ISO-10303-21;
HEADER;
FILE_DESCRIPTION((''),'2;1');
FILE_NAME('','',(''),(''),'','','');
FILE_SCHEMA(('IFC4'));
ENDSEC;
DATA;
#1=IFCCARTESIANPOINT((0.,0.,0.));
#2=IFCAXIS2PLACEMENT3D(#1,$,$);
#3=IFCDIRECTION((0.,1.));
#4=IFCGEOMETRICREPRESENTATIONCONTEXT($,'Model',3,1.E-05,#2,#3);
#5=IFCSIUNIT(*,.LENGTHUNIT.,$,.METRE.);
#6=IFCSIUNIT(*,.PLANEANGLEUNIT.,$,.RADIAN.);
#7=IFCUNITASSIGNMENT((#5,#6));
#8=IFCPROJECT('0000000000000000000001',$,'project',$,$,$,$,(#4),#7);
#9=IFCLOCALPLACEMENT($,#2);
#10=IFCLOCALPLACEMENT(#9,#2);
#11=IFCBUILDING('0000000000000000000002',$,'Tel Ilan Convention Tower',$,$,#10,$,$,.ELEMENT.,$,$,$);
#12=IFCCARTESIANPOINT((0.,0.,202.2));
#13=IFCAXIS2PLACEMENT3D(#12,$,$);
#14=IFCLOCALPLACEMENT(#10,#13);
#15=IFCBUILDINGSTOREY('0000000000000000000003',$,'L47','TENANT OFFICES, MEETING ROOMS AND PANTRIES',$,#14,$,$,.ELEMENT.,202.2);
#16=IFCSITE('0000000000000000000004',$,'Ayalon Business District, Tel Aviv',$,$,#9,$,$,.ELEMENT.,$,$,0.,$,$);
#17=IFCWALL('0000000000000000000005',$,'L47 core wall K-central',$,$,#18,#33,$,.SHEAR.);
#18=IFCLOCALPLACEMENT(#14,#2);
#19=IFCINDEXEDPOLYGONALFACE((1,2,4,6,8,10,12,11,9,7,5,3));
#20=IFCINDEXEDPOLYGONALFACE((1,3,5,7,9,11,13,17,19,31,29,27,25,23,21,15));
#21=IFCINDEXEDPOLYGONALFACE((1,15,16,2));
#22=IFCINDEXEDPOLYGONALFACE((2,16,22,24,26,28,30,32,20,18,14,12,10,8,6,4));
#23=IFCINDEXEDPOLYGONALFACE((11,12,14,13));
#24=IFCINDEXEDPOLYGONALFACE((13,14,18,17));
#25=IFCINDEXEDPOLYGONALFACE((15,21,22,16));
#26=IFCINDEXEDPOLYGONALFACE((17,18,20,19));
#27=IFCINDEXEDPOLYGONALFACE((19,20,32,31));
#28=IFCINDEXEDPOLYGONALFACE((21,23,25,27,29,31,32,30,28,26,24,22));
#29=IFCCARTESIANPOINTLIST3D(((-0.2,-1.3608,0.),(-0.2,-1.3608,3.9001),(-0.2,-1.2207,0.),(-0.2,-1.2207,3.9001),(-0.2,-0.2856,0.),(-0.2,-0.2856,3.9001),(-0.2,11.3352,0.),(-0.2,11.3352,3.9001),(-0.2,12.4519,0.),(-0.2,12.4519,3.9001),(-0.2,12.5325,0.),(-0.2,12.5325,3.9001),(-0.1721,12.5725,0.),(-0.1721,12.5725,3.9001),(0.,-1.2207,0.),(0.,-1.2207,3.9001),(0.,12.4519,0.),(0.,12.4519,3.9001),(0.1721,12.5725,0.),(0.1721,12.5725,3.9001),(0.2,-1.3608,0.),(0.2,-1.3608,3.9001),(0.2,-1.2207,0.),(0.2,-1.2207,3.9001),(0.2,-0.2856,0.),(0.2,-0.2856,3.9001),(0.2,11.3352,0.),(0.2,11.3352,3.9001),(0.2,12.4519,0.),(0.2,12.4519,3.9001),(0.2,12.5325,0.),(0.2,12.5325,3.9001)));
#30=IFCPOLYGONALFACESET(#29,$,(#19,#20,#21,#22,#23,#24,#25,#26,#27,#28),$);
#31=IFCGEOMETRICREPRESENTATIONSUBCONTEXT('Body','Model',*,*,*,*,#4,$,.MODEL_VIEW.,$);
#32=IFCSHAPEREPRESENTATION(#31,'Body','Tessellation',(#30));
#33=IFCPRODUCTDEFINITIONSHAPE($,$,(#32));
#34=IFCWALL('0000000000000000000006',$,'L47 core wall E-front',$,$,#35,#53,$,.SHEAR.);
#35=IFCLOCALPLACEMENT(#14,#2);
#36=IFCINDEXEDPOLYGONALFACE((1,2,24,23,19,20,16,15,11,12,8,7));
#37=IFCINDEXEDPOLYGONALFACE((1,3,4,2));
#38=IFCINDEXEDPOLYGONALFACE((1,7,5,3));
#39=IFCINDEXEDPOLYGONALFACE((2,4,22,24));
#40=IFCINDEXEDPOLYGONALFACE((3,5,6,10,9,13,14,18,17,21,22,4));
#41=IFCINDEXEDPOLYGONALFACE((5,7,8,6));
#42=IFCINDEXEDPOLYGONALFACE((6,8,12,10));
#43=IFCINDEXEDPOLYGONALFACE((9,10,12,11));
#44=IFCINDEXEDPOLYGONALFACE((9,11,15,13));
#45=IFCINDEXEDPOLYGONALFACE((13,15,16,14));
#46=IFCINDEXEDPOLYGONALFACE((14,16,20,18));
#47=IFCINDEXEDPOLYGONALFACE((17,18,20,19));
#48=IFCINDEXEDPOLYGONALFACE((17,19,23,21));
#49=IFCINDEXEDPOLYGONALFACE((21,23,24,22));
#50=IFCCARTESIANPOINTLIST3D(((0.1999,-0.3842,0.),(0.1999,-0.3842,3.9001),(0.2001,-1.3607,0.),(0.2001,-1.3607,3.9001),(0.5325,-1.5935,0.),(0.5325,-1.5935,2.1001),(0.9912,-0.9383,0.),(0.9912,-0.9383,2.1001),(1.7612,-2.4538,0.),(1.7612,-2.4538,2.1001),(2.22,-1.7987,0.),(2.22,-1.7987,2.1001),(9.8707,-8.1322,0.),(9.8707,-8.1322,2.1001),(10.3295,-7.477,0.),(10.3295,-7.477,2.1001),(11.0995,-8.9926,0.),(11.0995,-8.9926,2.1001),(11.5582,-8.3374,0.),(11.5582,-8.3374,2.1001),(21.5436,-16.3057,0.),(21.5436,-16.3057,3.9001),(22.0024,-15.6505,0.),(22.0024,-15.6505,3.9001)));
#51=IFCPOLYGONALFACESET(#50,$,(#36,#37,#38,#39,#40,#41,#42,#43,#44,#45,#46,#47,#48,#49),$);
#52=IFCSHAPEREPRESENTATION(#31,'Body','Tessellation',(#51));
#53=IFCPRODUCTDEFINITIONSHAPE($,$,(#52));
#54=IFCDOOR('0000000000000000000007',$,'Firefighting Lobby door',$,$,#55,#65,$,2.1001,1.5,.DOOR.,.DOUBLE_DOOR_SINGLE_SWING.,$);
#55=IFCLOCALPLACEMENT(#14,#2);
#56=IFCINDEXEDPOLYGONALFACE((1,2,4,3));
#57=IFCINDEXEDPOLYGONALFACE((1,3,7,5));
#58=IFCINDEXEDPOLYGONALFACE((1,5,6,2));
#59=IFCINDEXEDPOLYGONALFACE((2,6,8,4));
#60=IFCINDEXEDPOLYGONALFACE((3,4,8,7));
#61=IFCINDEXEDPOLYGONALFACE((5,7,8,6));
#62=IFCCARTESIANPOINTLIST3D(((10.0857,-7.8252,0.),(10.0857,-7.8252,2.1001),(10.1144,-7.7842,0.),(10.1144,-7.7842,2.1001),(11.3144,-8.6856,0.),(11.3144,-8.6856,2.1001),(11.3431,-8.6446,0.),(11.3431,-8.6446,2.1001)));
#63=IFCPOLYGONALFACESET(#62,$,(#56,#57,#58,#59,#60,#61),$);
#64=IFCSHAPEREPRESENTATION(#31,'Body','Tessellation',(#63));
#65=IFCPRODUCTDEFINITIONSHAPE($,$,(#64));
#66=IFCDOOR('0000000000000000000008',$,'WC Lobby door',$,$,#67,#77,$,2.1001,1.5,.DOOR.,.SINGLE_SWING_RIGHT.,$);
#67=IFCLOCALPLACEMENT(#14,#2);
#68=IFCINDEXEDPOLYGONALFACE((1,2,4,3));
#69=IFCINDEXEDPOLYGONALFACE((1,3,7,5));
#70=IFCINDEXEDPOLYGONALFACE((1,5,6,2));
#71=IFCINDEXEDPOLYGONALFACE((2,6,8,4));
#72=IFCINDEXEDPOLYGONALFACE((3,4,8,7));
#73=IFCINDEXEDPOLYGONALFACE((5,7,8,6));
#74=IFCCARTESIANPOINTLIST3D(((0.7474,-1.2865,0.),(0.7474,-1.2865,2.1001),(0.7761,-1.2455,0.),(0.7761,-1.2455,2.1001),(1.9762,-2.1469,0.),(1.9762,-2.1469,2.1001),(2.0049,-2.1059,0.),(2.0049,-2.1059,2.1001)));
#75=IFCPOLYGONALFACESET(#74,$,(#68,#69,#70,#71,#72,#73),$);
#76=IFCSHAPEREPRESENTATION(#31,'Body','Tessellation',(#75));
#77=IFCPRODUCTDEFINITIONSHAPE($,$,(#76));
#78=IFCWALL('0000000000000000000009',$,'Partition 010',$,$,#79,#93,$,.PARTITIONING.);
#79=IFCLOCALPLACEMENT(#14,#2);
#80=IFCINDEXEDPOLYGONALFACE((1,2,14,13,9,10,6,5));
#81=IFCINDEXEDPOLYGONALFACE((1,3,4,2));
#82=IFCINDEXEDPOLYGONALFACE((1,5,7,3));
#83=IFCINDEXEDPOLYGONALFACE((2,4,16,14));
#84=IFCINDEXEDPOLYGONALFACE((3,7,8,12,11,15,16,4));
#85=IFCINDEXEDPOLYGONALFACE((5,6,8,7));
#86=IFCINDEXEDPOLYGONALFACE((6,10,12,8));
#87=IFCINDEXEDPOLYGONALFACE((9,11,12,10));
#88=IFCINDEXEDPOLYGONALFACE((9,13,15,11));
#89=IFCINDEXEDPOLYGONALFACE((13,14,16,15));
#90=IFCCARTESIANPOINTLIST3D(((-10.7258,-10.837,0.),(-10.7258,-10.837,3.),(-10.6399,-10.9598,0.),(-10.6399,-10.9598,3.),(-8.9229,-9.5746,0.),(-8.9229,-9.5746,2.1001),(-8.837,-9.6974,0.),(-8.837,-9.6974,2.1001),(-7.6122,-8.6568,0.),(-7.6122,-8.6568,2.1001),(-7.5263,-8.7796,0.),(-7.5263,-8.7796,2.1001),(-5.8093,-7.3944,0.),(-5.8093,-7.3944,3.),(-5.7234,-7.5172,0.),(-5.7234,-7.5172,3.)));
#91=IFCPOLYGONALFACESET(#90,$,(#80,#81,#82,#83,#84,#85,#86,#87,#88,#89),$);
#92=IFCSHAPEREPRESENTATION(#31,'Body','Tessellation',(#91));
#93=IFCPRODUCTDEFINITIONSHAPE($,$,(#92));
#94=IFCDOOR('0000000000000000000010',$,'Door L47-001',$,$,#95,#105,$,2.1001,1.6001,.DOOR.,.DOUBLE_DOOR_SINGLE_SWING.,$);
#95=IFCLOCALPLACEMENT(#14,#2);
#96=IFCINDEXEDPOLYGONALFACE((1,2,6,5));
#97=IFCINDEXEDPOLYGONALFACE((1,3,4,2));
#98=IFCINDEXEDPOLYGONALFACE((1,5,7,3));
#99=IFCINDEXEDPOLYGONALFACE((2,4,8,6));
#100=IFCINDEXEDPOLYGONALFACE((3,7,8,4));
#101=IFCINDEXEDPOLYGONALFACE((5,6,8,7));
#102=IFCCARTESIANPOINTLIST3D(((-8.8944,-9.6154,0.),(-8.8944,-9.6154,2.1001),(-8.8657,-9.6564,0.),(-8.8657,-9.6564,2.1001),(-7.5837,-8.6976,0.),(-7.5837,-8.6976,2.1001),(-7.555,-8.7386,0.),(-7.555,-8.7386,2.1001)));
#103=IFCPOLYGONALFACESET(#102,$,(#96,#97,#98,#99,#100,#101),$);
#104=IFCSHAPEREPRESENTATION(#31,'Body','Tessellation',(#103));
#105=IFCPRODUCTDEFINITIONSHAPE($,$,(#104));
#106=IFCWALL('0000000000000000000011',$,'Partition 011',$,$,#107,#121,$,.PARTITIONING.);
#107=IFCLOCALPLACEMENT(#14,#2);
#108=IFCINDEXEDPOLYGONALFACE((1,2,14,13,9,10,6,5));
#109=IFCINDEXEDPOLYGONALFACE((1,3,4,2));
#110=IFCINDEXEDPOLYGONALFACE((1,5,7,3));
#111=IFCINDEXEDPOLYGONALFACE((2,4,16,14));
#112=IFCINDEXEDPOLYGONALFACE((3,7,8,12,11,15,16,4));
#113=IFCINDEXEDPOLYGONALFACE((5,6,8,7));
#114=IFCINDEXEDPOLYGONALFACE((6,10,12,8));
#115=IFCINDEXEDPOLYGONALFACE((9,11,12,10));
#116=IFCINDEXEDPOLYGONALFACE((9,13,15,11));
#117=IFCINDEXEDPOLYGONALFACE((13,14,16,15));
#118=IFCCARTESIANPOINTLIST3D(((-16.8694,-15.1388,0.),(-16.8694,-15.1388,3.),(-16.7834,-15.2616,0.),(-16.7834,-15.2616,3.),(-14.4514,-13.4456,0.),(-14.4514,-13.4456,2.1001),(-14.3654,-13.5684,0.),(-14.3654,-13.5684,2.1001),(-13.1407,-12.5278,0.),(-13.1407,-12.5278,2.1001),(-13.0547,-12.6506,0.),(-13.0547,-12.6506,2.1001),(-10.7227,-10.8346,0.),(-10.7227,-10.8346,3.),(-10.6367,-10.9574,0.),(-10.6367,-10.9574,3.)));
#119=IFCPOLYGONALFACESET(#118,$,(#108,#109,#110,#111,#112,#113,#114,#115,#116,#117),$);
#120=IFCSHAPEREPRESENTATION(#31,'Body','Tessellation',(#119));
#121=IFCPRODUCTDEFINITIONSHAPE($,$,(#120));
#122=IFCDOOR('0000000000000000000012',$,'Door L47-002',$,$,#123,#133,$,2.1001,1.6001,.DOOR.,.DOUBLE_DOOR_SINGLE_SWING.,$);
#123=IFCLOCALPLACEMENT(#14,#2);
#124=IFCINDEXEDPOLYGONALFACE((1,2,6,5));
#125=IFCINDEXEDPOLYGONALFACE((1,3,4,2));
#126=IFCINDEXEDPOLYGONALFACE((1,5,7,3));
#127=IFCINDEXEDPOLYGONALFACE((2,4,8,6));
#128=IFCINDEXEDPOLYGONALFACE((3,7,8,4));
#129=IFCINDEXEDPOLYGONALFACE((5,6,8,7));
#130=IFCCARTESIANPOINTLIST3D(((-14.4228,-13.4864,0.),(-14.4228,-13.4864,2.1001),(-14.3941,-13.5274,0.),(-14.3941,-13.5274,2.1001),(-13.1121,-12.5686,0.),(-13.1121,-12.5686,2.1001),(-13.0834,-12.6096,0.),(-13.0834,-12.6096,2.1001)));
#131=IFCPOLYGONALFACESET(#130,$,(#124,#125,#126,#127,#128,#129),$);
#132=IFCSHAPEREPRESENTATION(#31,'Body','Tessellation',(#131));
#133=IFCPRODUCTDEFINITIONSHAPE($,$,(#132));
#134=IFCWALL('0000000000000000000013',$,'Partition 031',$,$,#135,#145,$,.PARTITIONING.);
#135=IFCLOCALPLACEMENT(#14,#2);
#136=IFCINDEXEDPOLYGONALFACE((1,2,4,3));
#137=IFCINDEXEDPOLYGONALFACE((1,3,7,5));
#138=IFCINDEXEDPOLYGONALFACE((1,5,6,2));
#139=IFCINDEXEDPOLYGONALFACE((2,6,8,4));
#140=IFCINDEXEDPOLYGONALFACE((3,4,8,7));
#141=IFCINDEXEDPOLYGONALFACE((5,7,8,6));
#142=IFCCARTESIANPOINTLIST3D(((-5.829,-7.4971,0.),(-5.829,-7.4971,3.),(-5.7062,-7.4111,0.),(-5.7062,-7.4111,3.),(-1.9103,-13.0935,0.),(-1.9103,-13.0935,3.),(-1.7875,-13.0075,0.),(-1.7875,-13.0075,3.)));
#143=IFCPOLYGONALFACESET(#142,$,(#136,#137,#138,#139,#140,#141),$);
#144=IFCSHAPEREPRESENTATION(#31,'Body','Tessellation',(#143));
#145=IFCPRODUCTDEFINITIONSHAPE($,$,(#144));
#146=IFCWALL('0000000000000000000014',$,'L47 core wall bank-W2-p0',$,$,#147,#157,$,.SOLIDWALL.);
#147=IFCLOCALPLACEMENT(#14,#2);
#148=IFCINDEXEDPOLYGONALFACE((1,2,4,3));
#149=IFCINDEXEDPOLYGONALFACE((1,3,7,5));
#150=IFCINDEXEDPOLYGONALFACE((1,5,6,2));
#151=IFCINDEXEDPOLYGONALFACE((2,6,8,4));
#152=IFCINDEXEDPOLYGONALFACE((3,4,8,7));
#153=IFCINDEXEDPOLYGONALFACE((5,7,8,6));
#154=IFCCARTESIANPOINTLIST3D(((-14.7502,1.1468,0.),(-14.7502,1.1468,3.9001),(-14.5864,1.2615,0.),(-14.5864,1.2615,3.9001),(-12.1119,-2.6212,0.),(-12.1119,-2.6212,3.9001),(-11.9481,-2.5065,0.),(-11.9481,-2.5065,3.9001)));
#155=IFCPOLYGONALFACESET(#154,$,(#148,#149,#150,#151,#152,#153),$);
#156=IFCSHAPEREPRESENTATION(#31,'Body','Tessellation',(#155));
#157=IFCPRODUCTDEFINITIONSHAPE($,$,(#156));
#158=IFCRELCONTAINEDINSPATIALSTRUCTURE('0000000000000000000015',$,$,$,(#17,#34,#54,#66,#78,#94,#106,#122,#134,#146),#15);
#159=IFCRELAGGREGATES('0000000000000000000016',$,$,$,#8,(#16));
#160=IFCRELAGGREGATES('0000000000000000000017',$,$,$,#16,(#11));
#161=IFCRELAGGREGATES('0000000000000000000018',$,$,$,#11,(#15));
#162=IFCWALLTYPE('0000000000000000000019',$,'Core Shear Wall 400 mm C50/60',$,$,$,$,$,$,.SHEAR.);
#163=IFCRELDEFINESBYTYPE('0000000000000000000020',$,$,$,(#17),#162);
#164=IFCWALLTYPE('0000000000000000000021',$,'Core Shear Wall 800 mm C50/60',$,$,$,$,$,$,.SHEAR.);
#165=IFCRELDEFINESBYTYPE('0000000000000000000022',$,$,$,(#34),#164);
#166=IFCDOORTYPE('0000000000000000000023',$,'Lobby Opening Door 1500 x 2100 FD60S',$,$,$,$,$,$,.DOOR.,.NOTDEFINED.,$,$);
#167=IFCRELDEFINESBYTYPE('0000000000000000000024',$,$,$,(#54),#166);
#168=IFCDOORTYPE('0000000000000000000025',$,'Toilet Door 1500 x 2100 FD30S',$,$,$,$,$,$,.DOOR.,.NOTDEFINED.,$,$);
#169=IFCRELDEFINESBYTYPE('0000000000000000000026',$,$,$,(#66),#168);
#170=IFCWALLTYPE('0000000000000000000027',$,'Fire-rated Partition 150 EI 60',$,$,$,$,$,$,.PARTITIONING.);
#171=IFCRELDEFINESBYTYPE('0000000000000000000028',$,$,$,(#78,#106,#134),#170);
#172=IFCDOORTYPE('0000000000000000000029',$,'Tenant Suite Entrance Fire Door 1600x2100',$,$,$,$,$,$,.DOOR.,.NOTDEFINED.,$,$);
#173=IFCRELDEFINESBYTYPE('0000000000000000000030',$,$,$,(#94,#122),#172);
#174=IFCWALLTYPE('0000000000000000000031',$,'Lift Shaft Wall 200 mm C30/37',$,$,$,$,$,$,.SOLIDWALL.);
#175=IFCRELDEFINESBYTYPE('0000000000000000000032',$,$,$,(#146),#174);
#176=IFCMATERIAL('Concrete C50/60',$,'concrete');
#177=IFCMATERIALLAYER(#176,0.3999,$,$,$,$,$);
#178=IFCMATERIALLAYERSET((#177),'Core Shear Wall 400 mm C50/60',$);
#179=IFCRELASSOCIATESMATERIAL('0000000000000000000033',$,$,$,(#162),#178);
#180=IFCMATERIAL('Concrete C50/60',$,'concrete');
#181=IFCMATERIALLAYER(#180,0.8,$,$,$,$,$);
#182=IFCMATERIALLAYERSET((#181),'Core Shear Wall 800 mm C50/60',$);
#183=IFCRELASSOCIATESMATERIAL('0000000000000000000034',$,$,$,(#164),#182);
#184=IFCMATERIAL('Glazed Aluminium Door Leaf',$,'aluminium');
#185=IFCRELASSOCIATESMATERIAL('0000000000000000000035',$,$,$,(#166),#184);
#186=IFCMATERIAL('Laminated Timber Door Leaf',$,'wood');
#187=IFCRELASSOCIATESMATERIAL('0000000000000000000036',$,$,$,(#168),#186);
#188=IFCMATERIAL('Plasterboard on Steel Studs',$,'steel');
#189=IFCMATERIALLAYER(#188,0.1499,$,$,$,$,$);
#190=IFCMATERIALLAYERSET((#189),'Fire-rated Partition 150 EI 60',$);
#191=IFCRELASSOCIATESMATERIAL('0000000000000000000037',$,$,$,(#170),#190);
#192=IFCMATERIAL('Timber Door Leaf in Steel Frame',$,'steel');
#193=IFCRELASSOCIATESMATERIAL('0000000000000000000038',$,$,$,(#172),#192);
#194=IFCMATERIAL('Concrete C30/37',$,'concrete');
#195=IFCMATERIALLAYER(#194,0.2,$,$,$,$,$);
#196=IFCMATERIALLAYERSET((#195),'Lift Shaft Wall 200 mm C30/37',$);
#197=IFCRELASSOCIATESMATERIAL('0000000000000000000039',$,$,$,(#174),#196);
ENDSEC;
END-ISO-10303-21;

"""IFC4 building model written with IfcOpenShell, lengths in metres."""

from ifc_helpers import new_model, si_unit, direction, frame, frame_2d, origin, place, context, subcontext, project, spatial, polyline, rectangle, outline, extrude, material, layer, layer_set, type_object, element, fill, save


model = new_model("IFC4")

# Units and contexts
model_context = context("Model", 3, precision=1e-05, world=origin(), true_north=direction((0.0, 1.0)))
body_context = subcontext(model_context, "Body", "Model", "MODEL_VIEW")
ifc_project = project(units=[si_unit("LENGTHUNIT", "METRE"), si_unit("PLANEANGLEUNIT", "RADIAN")], contexts=[model_context])

# Site, building, storey
site_placement = place(None, origin())
site = spatial("IfcSite", under=ifc_project, at=site_placement, Name="Ayalon Business District, Tel Aviv", CompositionType="ELEMENT", RefElevation=0.0)
building_placement = place(site_placement, origin())
building = spatial("IfcBuilding", under=site, at=building_placement, Name="Tel Ilan Convention Tower", CompositionType="ELEMENT")
storey_placement = place(building_placement, frame((0.0, 0.0, 202.2)))
storey = spatial("IfcBuildingStorey", under=building, at=storey_placement, Name="L47", Description="TENANT OFFICES, MEETING ROOMS AND PANTRIES", CompositionType="ELEMENT", Elevation=202.2)

# Wall
ifc_material_1 = material(Name="Concrete C50/60", Category="concrete")
ifc_layer_1 = layer(ifc_material_1, 0.3999)
ifc_layer_set_1 = layer_set([ifc_layer_1], Name="Core Shear Wall 400 mm C50/60")
wall_type_1 = type_object("IfcWallType", Name="Core Shear Wall 400 mm C50/60", PredefinedType="SHEAR", material=ifc_layer_set_1)
wall_1_placement = place(storey_placement, frame((0.0, -1.3608, 0.0), z_axis=(0.0, 0.0, 1.0), x_axis=(0.0, 1.0, 0.0)))
element("IfcWall", 1, at=wall_1_placement, inside=storey, type_object=wall_type_1, Name="L47 core wall K-central", PredefinedType="SHEAR", context=body_context, shape_type="SweptSolid", body=[
    extrude(outline(polyline([(0.0, -0.2), (0.1401, -0.2), (1.0752, -0.2), (12.696, -0.2), (13.8127, -0.2), (13.8933, -0.2), (13.9333, -0.1721), (13.8127, 0.0), (13.9333, 0.1721), (13.8933, 0.2), (13.8127, 0.2), (12.696, 0.2), (1.0752, 0.2), (0.1401, 0.2), (0.0, 0.2), (0.1401, 0.0), (0.0, -0.2)])), origin(), (0.0, 0.0, 1.0), 3.9001),
])

# Wall, openings, doors
ifc_material_2 = material(Name="Concrete C50/60", Category="concrete")
ifc_layer_2 = layer(ifc_material_2, 0.8)
ifc_layer_set_2 = layer_set([ifc_layer_2], Name="Core Shear Wall 800 mm C50/60")
wall_type_2 = type_object("IfcWallType", Name="Core Shear Wall 800 mm C50/60", PredefinedType="SHEAR", material=ifc_layer_set_2)
wall_2_placement = place(storey_placement, frame((-0.0293, -0.7119, 0.0), z_axis=(0.0, 0.0, 1.0), x_axis=(0.819152, -0.573577, 0.0)))
wall_2 = element("IfcWall", 2, at=wall_2_placement, inside=storey, type_object=wall_type_2, Name="L47 core wall E-front", PredefinedType="SHEAR", context=body_context, shape_type="SweptSolid", body=[
    extrude(outline(polyline([(26.6157, 0.3999), (-0.0002, 0.3999), (0.5601, -0.3999), (26.6157, -0.3999), (26.6157, 0.3999)])), origin(), (0.0, 0.0, 1.0), 3.9001),
])
opening_1_placement = place(wall_2_placement, frame((0.9658, 0.0, 0.0)))
opening_1 = element("IfcOpeningElement", 3, at=opening_1_placement, cuts=wall_2, PredefinedType="OPENING", context=body_context, shape_type="SweptSolid", body=[
    extrude(rectangle(XDim=1.5, YDim=2.1001, at=frame_2d((0.75, 1.05))), frame((0.0, 0.4099, 0.0), z_axis=(0.0, -1.0, 0.0), x_axis=(1.0, 0.0, 0.0)), (0.0, 0.0, 1.0), 0.8201),
])
opening_2_placement = place(wall_2_placement, frame((12.3657, 0.0, 0.0)))
opening_2 = element("IfcOpeningElement", 4, at=opening_2_placement, cuts=wall_2, PredefinedType="OPENING", context=body_context, shape_type="SweptSolid", body=[
    extrude(rectangle(XDim=1.5, YDim=2.1001, at=frame_2d((0.75, 1.05))), frame((0.0, 0.4099, 0.0), z_axis=(0.0, -1.0, 0.0), x_axis=(1.0, 0.0, 0.0)), (0.0, 0.0, 1.0), 0.8201),
])
ifc_material_3 = material(Name="Glazed Aluminium Door Leaf", Category="aluminium")
door_type_1 = type_object("IfcDoorType", Name="Lobby Opening Door 1500 x 2100 FD60S", OperationType="NOTDEFINED", PredefinedType="DOOR", material=ifc_material_3)
door_1_placement = place(opening_2_placement, origin())
door_1 = element("IfcDoor", 5, at=door_1_placement, inside=storey, type_object=door_type_1, Name="Firefighting Lobby door", OperationType="DOUBLE_DOOR_SINGLE_SWING", OverallHeight=2.1001, OverallWidth=1.5, PredefinedType="DOOR", context=body_context, shape_type="SweptSolid", body=[
    extrude(rectangle(XDim=1.5, YDim=2.1001, at=frame_2d((0.75, 1.05))), frame((0.0, 0.0249, 0.0), z_axis=(0.0, -1.0, 0.0), x_axis=(1.0, 0.0, 0.0)), (0.0, 0.0, 1.0), 0.05),
])
fill(opening_2, door_1)
ifc_material_4 = material(Name="Laminated Timber Door Leaf", Category="wood")
door_type_2 = type_object("IfcDoorType", Name="Toilet Door 1500 x 2100 FD30S", OperationType="NOTDEFINED", PredefinedType="DOOR", material=ifc_material_4)
door_2_placement = place(opening_1_placement, origin())
door_2 = element("IfcDoor", 6, at=door_2_placement, inside=storey, type_object=door_type_2, Name="WC Lobby door", OperationType="SINGLE_SWING_RIGHT", OverallHeight=2.1001, OverallWidth=1.5, PredefinedType="DOOR", context=body_context, shape_type="SweptSolid", body=[
    extrude(rectangle(XDim=1.5, YDim=2.1001, at=frame_2d((0.75, 1.05))), frame((0.0, 0.0249, 0.0), z_axis=(0.0, -1.0, 0.0), x_axis=(1.0, 0.0, 0.0)), (0.0, 0.0, 1.0), 0.05),
])
fill(opening_1, door_2)

# Walls, openings, doors
ifc_material_5 = material(Name="Plasterboard on Steel Studs", Category="steel")
ifc_layer_3 = layer(ifc_material_5, 0.1499)
ifc_layer_set_3 = layer_set([ifc_layer_3], Name="Fire-rated Partition 150 EI 60")
wall_type_3 = type_object("IfcWallType", Name="Fire-rated Partition 150 EI 60", PredefinedType="PARTITIONING", material=ifc_layer_set_3)
wall_3_placement = place(storey_placement, frame((-5.7664, -7.4558, 0.0), z_axis=(0.0, 0.0, 1.0), x_axis=(-0.819148, -0.573582, 0.0)))
wall_3 = element("IfcWall", 7, at=wall_3_placement, inside=storey, type_object=wall_type_3, Name="Partition 010", PredefinedType="PARTITIONING", context=body_context, shape_type="SweptSolid", body=[
    extrude(rectangle(XDim=6.002, YDim=0.1499, at=frame_2d((3.001, 0.0))), origin(), (0.0, 0.0, 1.0), 3.0),
])
opening_3_placement = place(wall_3_placement, frame((2.2009, 0.0, 0.0)))
opening_3 = element("IfcOpeningElement", 8, at=opening_3_placement, cuts=wall_3, PredefinedType="OPENING", context=body_context, shape_type="SweptSolid", body=[
    extrude(rectangle(XDim=1.6001, YDim=2.1001, at=frame_2d((0.8, 1.05))), frame((0.0, 0.085, 0.0), z_axis=(0.0, -1.0, 0.0), x_axis=(1.0, 0.0, 0.0)), (0.0, 0.0, 1.0), 0.1699),
])
ifc_material_6 = material(Name="Timber Door Leaf in Steel Frame", Category="steel")
door_type_3 = type_object("IfcDoorType", Name="Tenant Suite Entrance Fire Door 1600x2100", OperationType="NOTDEFINED", PredefinedType="DOOR", material=ifc_material_6)
door_3_placement = place(opening_3_placement, origin())
door_3 = element("IfcDoor", 9, at=door_3_placement, inside=storey, type_object=door_type_3, Name="Door L47-001", OperationType="DOUBLE_DOOR_SINGLE_SWING", OverallHeight=2.1001, OverallWidth=1.6001, PredefinedType="DOOR", context=body_context, shape_type="SweptSolid", body=[
    extrude(rectangle(XDim=1.6001, YDim=2.1001, at=frame_2d((0.8, 1.05))), frame((0.0, 0.0249, 0.0), z_axis=(0.0, -1.0, 0.0), x_axis=(1.0, 0.0, 0.0)), (0.0, 0.0, 1.0), 0.05),
])
fill(opening_3, door_3)
wall_4_placement = place(storey_placement, frame((-10.6797, -10.896, 0.0), z_axis=(0.0, 0.0, 1.0), x_axis=(-0.819139, -0.573596, 0.0)))
wall_4 = element("IfcWall", 10, at=wall_4_placement, inside=storey, type_object=wall_type_3, Name="Partition 011", PredefinedType="PARTITIONING", context=body_context, shape_type="SweptSolid", body=[
    extrude(rectangle(XDim=7.5039, YDim=0.1499, at=frame_2d((3.752, 0.0))), origin(), (0.0, 0.0, 1.0), 3.0),
])
opening_4_placement = place(wall_4_placement, frame((2.9519, 0.0, 0.0)))
opening_4 = element("IfcOpeningElement", 11, at=opening_4_placement, cuts=wall_4, PredefinedType="OPENING", context=body_context, shape_type="SweptSolid", body=[
    extrude(rectangle(XDim=1.6001, YDim=2.1001, at=frame_2d((0.8, 1.05))), frame((0.0, 0.085, 0.0), z_axis=(0.0, -1.0, 0.0), x_axis=(1.0, 0.0, 0.0)), (0.0, 0.0, 1.0), 0.1699),
])
door_4_placement = place(opening_4_placement, origin())
door_4 = element("IfcDoor", 12, at=door_4_placement, inside=storey, type_object=door_type_3, Name="Door L47-002", OperationType="DOUBLE_DOOR_SINGLE_SWING", OverallHeight=2.1001, OverallWidth=1.6001, PredefinedType="DOOR", context=body_context, shape_type="SweptSolid", body=[
    extrude(rectangle(XDim=1.6001, YDim=2.1001, at=frame_2d((0.8, 1.05))), frame((0.0, 0.0249, 0.0), z_axis=(0.0, -1.0, 0.0), x_axis=(1.0, 0.0, 0.0)), (0.0, 0.0, 1.0), 0.05),
])
fill(opening_4, door_4)

# Walls
wall_5_placement = place(storey_placement, frame((-1.8489, -13.0505, 0.0), z_axis=(0.0, 0.0, 1.0), x_axis=(-0.57358, 0.81915, 0.0)))
element("IfcWall", 13, at=wall_5_placement, inside=storey, type_object=wall_type_3, Name="Partition 031", PredefinedType="PARTITIONING", context=body_context, shape_type="SweptSolid", body=[
    extrude(rectangle(XDim=6.832, YDim=0.1499, at=frame_2d((3.416, 0.0))), origin(), (0.0, 0.0, 1.0), 3.0),
])
ifc_material_7 = material(Name="Concrete C30/37", Category="concrete")
ifc_layer_4 = layer(ifc_material_7, 0.2)
ifc_layer_set_4 = layer_set([ifc_layer_4], Name="Lift Shaft Wall 200 mm C30/37")
wall_type_4 = type_object("IfcWallType", Name="Lift Shaft Wall 200 mm C30/37", PredefinedType="SOLIDWALL", material=ifc_layer_set_4)
for number, where, z_axis, x_axis, name in (
    (14, (-12.03, -2.5637, 0.0), (0.0, 0.0, 1.0), (-0.573576, 0.819152, 0.0), "L47 core wall bank-W2-p0"),
):
    element("IfcWall", number, at=place(storey_placement, frame(where, z_axis=z_axis, x_axis=x_axis)), inside=storey, type_object=wall_type_4, Name=name, PredefinedType="SOLIDWALL", context=body_context, shape_type="SweptSolid", body=[
        extrude(rectangle(XDim=4.5999, YDim=0.2, at=frame_2d((2.2998, 0.0))), origin(), (0.0, 0.0, 1.0), 3.9001),
    ])

save(model, "model.ifc")
